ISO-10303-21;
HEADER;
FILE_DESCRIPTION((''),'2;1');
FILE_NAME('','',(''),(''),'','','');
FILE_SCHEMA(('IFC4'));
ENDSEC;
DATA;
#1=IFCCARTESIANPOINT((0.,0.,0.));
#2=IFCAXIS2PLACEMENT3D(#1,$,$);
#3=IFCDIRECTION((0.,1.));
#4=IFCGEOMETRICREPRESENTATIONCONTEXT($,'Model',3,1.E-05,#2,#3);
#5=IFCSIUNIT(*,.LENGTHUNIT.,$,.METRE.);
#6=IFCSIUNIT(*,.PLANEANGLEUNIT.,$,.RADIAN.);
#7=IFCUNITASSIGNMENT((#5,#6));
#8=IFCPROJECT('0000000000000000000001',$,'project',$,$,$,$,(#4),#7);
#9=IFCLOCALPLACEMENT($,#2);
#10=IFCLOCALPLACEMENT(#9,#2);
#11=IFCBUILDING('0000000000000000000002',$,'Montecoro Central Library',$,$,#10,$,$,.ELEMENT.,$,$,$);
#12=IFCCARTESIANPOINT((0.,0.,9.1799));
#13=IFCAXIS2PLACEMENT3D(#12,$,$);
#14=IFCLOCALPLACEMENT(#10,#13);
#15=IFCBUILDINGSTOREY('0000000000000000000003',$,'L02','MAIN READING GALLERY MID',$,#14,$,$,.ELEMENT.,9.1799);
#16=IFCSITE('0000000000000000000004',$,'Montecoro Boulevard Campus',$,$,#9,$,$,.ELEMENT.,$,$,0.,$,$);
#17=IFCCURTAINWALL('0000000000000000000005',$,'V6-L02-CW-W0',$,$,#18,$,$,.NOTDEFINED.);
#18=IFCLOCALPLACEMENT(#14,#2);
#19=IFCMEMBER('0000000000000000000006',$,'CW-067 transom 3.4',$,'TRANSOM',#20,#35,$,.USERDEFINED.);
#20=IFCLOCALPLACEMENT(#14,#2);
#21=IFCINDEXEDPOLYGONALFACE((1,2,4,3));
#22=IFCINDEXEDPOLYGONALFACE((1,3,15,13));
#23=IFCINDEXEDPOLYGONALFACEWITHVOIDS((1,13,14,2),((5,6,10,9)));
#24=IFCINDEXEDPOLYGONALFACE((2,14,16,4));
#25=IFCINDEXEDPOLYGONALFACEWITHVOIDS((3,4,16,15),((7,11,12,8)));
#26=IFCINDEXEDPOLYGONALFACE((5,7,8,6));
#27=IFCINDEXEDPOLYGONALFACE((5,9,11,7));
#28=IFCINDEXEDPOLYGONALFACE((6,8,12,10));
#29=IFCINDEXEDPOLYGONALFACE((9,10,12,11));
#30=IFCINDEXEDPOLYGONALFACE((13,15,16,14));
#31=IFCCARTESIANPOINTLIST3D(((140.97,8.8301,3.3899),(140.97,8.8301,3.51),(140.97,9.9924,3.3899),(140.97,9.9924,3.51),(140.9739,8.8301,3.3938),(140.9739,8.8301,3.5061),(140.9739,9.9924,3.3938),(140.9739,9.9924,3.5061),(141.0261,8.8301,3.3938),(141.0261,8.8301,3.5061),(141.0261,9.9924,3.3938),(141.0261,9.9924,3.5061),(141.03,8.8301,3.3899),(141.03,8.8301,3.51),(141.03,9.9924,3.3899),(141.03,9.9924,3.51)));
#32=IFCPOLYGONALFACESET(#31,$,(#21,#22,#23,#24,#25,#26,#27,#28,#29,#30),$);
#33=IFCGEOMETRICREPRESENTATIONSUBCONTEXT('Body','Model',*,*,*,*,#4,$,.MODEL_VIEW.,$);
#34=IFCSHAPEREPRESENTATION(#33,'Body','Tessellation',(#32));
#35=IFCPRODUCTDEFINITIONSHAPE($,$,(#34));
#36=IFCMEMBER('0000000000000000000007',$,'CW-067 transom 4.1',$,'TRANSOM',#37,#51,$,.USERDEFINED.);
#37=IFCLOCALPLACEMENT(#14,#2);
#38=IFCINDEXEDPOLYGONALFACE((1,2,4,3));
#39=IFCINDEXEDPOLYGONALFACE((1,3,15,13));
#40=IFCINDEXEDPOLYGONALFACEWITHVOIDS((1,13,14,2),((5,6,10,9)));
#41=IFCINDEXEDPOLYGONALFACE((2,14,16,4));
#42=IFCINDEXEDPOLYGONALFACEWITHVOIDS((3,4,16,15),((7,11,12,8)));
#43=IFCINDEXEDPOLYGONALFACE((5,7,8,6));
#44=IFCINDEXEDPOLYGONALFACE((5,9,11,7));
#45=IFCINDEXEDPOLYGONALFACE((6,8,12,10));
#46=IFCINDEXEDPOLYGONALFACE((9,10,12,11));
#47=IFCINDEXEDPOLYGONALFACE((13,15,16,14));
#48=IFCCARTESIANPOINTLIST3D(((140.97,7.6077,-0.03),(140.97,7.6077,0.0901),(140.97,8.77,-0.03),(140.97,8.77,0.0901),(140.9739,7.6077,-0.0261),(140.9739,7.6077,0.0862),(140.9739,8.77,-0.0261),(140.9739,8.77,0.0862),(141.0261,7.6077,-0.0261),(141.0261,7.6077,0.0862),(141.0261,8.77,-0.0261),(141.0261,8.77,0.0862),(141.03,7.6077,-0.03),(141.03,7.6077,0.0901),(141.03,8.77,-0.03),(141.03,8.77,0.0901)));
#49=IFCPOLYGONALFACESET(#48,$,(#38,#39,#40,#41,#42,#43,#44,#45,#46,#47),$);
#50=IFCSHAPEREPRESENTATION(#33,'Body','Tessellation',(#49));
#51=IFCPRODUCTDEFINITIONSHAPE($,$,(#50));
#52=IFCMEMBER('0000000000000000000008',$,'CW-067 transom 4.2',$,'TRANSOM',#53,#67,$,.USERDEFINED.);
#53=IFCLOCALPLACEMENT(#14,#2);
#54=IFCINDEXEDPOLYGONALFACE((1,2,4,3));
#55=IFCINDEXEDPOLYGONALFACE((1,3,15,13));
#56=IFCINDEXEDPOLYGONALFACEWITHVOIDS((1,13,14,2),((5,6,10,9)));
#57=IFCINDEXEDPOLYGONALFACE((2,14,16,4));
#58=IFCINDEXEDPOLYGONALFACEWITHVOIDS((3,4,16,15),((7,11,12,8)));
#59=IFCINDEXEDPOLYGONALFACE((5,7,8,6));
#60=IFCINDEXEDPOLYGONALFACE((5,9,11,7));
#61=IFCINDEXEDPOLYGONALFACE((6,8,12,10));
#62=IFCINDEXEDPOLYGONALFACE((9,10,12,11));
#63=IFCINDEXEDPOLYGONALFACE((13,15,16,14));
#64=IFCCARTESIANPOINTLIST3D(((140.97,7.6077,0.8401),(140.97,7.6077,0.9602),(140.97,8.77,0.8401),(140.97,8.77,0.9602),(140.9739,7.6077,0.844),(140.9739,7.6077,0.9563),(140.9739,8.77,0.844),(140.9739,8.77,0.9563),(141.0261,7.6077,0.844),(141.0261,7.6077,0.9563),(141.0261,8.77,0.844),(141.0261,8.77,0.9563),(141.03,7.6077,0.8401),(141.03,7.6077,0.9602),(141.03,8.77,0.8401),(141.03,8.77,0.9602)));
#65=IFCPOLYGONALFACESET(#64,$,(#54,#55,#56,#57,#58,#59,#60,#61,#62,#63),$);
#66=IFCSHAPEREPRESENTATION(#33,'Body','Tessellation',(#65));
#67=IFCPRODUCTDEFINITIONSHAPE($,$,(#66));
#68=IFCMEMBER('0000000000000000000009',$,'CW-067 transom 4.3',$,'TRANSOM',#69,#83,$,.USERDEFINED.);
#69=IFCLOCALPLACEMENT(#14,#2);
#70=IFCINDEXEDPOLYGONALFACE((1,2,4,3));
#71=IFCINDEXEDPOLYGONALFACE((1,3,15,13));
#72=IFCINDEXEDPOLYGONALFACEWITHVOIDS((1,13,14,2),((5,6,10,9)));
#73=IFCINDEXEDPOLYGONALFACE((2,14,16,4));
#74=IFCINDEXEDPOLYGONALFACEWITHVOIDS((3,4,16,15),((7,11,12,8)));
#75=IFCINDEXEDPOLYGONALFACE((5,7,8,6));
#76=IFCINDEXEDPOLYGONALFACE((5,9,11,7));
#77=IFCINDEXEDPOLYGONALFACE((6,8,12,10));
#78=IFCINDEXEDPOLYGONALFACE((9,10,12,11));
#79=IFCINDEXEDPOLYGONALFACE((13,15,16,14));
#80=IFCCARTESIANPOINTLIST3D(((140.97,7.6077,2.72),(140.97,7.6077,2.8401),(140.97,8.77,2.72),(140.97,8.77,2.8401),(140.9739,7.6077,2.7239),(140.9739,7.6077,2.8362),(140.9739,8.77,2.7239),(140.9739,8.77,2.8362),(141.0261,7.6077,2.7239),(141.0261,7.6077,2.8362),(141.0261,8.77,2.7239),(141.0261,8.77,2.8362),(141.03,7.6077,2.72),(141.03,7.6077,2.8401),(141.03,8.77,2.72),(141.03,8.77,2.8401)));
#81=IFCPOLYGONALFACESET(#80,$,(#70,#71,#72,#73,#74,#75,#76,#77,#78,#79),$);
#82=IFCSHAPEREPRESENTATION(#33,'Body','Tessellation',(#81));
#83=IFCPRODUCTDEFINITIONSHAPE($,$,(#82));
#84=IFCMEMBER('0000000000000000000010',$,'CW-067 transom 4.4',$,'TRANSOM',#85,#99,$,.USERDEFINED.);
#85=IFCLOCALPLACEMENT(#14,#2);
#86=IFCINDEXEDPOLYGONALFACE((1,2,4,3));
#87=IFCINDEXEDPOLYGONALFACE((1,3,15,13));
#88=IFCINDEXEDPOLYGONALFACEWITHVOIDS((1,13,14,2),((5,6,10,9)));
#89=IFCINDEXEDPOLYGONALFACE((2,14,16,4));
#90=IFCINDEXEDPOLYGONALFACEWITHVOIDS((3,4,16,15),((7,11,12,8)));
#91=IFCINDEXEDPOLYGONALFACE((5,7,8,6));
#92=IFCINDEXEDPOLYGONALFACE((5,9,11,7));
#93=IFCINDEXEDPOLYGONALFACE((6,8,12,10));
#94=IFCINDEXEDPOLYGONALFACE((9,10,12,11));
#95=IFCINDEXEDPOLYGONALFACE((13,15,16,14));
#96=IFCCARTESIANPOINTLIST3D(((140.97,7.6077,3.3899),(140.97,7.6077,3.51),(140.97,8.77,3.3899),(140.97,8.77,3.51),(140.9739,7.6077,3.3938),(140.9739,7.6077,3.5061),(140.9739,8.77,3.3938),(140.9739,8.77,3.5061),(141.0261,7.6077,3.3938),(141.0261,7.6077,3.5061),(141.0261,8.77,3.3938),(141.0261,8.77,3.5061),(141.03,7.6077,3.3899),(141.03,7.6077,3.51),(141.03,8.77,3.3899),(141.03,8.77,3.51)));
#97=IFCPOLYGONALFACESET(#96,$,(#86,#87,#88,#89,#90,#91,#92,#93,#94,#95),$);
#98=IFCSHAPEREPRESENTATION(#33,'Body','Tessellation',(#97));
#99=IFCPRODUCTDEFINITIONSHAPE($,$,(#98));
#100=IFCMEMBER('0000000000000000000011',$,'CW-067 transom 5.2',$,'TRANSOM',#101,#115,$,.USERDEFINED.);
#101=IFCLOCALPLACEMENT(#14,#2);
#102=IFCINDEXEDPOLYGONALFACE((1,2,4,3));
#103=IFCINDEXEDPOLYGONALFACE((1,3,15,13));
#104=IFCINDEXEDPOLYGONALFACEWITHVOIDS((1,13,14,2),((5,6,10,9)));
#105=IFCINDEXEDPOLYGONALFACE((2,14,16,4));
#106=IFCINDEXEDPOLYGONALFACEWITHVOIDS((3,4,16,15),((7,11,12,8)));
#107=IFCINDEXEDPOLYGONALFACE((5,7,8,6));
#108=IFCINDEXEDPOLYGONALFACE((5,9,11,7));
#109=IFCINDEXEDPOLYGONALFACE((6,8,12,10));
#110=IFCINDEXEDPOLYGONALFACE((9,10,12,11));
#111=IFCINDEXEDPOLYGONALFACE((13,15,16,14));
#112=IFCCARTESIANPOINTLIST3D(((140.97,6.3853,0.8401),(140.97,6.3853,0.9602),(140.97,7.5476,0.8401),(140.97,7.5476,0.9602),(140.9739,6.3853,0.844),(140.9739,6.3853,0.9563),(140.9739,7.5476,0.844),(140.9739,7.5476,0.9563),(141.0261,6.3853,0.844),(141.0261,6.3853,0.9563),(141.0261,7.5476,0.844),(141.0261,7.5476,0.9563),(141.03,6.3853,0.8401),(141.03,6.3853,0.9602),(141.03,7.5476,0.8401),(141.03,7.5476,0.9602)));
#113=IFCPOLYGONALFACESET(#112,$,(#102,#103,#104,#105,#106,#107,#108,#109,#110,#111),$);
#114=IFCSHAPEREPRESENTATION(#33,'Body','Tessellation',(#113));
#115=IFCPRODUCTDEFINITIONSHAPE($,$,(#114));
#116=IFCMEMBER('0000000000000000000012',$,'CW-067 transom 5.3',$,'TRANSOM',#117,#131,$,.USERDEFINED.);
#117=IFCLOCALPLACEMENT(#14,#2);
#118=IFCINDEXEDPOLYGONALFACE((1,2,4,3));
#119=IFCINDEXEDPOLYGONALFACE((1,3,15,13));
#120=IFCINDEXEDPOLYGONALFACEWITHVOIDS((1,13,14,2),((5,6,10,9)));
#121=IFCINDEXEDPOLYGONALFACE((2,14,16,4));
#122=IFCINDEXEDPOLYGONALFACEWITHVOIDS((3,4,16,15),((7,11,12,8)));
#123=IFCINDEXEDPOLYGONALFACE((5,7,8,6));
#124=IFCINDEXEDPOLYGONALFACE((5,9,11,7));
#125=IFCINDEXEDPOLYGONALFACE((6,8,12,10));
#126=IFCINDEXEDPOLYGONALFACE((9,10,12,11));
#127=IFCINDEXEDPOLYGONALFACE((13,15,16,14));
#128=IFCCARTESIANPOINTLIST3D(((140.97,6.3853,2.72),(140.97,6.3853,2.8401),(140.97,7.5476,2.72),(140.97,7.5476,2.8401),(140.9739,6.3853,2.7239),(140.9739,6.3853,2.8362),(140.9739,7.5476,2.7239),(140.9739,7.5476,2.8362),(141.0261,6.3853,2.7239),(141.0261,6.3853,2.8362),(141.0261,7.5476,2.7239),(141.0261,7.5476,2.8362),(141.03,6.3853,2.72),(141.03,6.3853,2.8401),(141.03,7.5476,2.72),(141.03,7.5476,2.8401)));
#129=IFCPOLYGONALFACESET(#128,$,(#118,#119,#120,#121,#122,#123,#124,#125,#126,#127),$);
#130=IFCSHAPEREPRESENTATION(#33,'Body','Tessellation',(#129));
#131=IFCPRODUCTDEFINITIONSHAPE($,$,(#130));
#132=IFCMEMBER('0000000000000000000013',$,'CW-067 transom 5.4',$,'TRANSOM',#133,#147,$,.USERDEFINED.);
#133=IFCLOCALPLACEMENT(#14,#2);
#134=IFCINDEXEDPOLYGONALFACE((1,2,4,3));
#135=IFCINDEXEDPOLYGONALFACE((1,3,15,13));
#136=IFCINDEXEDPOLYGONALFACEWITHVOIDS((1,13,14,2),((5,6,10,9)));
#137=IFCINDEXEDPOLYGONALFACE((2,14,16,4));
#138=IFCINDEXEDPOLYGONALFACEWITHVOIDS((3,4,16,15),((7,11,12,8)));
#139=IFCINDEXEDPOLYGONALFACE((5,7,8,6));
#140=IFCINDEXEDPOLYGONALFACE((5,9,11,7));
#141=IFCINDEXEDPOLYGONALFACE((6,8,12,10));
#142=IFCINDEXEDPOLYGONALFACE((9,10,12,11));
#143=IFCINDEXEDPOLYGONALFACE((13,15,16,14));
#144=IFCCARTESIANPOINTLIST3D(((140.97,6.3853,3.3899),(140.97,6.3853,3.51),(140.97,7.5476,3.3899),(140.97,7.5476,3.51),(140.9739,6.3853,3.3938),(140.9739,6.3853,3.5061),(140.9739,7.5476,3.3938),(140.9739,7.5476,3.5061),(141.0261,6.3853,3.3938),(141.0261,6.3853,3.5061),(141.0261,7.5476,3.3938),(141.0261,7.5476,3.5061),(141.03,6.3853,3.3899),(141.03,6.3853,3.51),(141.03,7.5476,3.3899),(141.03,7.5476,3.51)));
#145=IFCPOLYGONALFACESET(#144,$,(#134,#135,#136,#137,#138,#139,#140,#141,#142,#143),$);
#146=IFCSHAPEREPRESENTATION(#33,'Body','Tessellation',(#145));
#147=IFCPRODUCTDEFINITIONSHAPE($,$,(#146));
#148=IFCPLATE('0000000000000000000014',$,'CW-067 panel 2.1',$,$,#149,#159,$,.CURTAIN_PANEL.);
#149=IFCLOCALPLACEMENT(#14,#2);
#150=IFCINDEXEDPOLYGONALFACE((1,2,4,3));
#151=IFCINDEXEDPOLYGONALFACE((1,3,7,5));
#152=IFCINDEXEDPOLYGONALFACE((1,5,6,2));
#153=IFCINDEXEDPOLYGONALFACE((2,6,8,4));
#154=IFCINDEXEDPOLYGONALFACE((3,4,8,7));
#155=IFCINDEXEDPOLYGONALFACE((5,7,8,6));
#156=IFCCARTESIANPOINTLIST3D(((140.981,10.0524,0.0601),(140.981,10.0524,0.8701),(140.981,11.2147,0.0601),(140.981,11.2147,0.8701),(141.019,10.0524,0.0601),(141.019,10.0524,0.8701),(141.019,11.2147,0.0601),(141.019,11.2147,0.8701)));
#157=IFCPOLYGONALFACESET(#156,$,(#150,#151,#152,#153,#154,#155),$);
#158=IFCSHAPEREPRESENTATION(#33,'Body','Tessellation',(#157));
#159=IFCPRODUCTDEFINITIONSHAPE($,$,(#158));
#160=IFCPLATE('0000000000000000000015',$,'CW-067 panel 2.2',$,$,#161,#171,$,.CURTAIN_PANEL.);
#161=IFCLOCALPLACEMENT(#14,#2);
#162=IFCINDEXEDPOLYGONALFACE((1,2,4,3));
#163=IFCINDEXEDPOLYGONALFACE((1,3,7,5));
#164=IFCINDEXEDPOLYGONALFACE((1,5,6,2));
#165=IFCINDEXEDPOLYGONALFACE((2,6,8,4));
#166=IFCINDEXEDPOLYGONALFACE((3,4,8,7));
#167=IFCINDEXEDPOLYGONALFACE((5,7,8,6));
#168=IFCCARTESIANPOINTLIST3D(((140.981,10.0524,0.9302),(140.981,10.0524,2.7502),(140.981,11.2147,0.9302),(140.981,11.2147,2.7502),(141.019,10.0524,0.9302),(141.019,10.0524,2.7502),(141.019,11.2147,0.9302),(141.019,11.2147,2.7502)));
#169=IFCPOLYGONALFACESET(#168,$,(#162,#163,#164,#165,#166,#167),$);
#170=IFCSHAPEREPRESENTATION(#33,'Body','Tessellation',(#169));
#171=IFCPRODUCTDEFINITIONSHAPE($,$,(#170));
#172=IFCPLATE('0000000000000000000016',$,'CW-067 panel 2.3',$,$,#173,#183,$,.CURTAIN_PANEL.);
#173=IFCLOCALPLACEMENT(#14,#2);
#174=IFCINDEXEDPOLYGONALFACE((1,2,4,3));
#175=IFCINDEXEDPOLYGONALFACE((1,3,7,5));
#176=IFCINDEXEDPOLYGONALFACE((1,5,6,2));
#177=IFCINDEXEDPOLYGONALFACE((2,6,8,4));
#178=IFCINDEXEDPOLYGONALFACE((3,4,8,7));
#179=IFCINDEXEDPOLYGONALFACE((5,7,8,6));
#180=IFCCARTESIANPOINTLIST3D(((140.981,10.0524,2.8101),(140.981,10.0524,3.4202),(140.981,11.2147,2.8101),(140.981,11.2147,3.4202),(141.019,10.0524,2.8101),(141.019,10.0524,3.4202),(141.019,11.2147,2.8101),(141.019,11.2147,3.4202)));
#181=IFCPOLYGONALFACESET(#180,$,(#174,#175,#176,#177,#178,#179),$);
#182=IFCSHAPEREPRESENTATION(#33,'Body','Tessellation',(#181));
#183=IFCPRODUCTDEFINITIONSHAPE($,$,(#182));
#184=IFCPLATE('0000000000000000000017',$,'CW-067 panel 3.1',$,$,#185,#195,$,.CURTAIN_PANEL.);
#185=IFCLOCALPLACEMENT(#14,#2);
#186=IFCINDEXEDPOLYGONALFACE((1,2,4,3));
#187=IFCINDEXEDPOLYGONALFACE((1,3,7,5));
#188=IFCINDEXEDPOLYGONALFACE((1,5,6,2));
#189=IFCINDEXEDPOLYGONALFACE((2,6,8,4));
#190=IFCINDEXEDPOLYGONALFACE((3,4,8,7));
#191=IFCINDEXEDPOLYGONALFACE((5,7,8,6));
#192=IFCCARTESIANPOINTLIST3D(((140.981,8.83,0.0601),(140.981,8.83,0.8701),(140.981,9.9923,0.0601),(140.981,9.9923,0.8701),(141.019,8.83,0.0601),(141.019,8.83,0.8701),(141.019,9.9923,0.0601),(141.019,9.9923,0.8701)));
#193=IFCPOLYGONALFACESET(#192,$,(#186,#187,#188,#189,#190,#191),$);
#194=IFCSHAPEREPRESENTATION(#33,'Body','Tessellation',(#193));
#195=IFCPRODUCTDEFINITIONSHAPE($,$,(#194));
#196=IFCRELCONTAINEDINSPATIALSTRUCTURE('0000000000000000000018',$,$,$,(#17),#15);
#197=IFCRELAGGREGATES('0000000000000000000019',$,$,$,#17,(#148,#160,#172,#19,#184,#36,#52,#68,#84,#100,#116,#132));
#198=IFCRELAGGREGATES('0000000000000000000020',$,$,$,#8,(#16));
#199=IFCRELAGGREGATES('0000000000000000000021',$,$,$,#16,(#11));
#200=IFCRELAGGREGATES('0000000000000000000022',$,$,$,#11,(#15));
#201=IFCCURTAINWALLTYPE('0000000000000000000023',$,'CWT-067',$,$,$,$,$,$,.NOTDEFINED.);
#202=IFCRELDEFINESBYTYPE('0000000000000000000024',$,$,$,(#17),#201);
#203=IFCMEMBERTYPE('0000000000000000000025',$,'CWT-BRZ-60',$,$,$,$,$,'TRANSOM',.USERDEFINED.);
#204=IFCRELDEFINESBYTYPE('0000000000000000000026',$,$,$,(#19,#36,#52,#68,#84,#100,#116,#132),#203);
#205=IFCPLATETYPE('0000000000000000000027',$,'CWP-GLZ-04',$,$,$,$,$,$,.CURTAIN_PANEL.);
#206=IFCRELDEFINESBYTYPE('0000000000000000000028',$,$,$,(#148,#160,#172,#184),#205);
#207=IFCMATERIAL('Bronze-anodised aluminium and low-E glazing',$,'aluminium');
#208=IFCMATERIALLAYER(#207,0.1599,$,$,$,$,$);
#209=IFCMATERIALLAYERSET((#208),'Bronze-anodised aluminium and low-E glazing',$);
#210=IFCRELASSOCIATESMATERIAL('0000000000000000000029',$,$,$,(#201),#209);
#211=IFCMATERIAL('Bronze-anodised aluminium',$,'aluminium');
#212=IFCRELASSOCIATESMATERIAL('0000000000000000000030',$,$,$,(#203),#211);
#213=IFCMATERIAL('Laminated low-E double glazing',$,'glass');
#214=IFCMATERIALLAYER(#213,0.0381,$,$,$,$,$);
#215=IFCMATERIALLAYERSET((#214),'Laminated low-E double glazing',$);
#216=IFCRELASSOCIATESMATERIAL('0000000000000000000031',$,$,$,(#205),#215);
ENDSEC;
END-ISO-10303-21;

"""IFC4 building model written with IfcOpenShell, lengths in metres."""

from ifc_helpers import new_model, si_unit, direction, frame, origin, origin_2d, place, context, subcontext, project, spatial, rectangle, hollow_rectangle, extrude, material, layer, layer_set, material_profile, profile_set, type_object, element, aggregate, save


model = new_model("IFC4")

# Units and contexts
model_context = context("Model", 3, precision=1e-05, world=origin(), true_north=direction((0.0, 1.0)))
body_context = subcontext(model_context, "Body", "Model", "MODEL_VIEW")
ifc_project = project(units=[si_unit("LENGTHUNIT", "METRE"), si_unit("PLANEANGLEUNIT", "RADIAN")], contexts=[model_context])

# Site, building, storey
site_placement = place(None, origin())
site = spatial("IfcSite", under=ifc_project, at=site_placement, Name="Montecoro Boulevard Campus", CompositionType="ELEMENT", RefElevation=0.0)
building_placement = place(site_placement, origin())
building = spatial("IfcBuilding", under=site, at=building_placement, Name="Montecoro Central Library", CompositionType="ELEMENT")
storey_placement = place(building_placement, frame((0.0, 0.0, 9.1799)))
storey = spatial("IfcBuildingStorey", under=building, at=storey_placement, Name="L02", Description="MAIN READING GALLERY MID", CompositionType="ELEMENT", Elevation=9.1799)

# Curtain wall, members, plates
ifc_material_1 = material(Name="Bronze-anodised aluminium and low-E glazing", Category="aluminium")
ifc_layer_1 = layer(ifc_material_1, 0.1599)
ifc_layer_set_1 = layer_set([ifc_layer_1], Name="Bronze-anodised aluminium and low-E glazing")
curtain_wall_type = type_object("IfcCurtainWallType", Name="CWT-067", PredefinedType="NOTDEFINED", material=ifc_layer_set_1)
curtain_wall_placement = place(storey_placement, origin())
curtain_wall = element("IfcCurtainWall", 1, at=curtain_wall_placement, inside=storey, type_object=curtain_wall_type, Name="V6-L02-CW-W0", PredefinedType="NOTDEFINED")
ifc_material_2 = material(Name="Bronze-anodised aluminium", Category="aluminium")
ifc_material_profile_1 = material_profile(ifc_material_2, hollow_rectangle(XDim=0.0601, YDim=0.1201, WallThickness=0.0039, at=origin_2d()), Name="CWT 120x60x4.0")
ifc_profile_set_1 = profile_set([ifc_material_profile_1], Name="Bronze-anodised aluminium")
member_type_1 = type_object("IfcMemberType", Name="CWT-BRZ-60", ElementType="TRANSOM", PredefinedType="USERDEFINED", material=ifc_profile_set_1)
member_1_placement = place(storey_placement, frame((141.0, 9.9924, 3.45), z_axis=(0.0, -1.0, 0.0), x_axis=(1.0, 0.0, 0.0)))
member_1 = element("IfcMember", 2, at=member_1_placement, type_object=member_type_1, Name="CW-067 transom 3.4", ObjectType="TRANSOM", PredefinedType="USERDEFINED", context=body_context, shape_type="SweptSolid", body=[
    extrude(hollow_rectangle(XDim=0.0601, YDim=0.1201, WallThickness=0.0039, at=origin_2d()), origin(), (0.0, 0.0, 1.0), 1.1624),
])
member_2_placement = place(storey_placement, frame((141.0, 8.77, 0.03), z_axis=(0.0, -1.0, 0.0), x_axis=(1.0, 0.0, 0.0)))
member_2 = element("IfcMember", 3, at=member_2_placement, type_object=member_type_1, Name="CW-067 transom 4.1", ObjectType="TRANSOM", PredefinedType="USERDEFINED", context=body_context, shape_type="SweptSolid", body=[
    extrude(hollow_rectangle(XDim=0.0601, YDim=0.1201, WallThickness=0.0039, at=origin_2d()), origin(), (0.0, 0.0, 1.0), 1.1624),
])
member_3_placement = place(storey_placement, frame((141.0, 8.77, 0.9001), z_axis=(0.0, -1.0, 0.0), x_axis=(1.0, 0.0, 0.0)))
member_3 = element("IfcMember", 4, at=member_3_placement, type_object=member_type_1, Name="CW-067 transom 4.2", ObjectType="TRANSOM", PredefinedType="USERDEFINED", context=body_context, shape_type="SweptSolid", body=[
    extrude(hollow_rectangle(XDim=0.0601, YDim=0.1201, WallThickness=0.0039, at=origin_2d()), origin(), (0.0, 0.0, 1.0), 1.1624),
])
member_4_placement = place(storey_placement, frame((141.0, 8.77, 2.78), z_axis=(0.0, -1.0, 0.0), x_axis=(1.0, 0.0, 0.0)))
member_4 = element("IfcMember", 5, at=member_4_placement, type_object=member_type_1, Name="CW-067 transom 4.3", ObjectType="TRANSOM", PredefinedType="USERDEFINED", context=body_context, shape_type="SweptSolid", body=[
    extrude(hollow_rectangle(XDim=0.0601, YDim=0.1201, WallThickness=0.0039, at=origin_2d()), origin(), (0.0, 0.0, 1.0), 1.1624),
])
member_5_placement = place(storey_placement, frame((141.0, 8.77, 3.45), z_axis=(0.0, -1.0, 0.0), x_axis=(1.0, 0.0, 0.0)))
member_5 = element("IfcMember", 6, at=member_5_placement, type_object=member_type_1, Name="CW-067 transom 4.4", ObjectType="TRANSOM", PredefinedType="USERDEFINED", context=body_context, shape_type="SweptSolid", body=[
    extrude(hollow_rectangle(XDim=0.0601, YDim=0.1201, WallThickness=0.0039, at=origin_2d()), origin(), (0.0, 0.0, 1.0), 1.1624),
])
member_6_placement = place(storey_placement, frame((141.0, 7.5476, 0.9001), z_axis=(0.0, -1.0, 0.0), x_axis=(1.0, 0.0, 0.0)))
member_6 = element("IfcMember", 7, at=member_6_placement, type_object=member_type_1, Name="CW-067 transom 5.2", ObjectType="TRANSOM", PredefinedType="USERDEFINED", context=body_context, shape_type="SweptSolid", body=[
    extrude(hollow_rectangle(XDim=0.0601, YDim=0.1201, WallThickness=0.0039, at=origin_2d()), origin(), (0.0, 0.0, 1.0), 1.1624),
])
member_7_placement = place(storey_placement, frame((141.0, 7.5476, 2.78), z_axis=(0.0, -1.0, 0.0), x_axis=(1.0, 0.0, 0.0)))
member_7 = element("IfcMember", 8, at=member_7_placement, type_object=member_type_1, Name="CW-067 transom 5.3", ObjectType="TRANSOM", PredefinedType="USERDEFINED", context=body_context, shape_type="SweptSolid", body=[
    extrude(hollow_rectangle(XDim=0.0601, YDim=0.1201, WallThickness=0.0039, at=origin_2d()), origin(), (0.0, 0.0, 1.0), 1.1624),
])
member_8_placement = place(storey_placement, frame((141.0, 7.5476, 3.45), z_axis=(0.0, -1.0, 0.0), x_axis=(1.0, 0.0, 0.0)))
member_8 = element("IfcMember", 9, at=member_8_placement, type_object=member_type_1, Name="CW-067 transom 5.4", ObjectType="TRANSOM", PredefinedType="USERDEFINED", context=body_context, shape_type="SweptSolid", body=[
    extrude(hollow_rectangle(XDim=0.0601, YDim=0.1201, WallThickness=0.0039, at=origin_2d()), origin(), (0.0, 0.0, 1.0), 1.1624),
])
ifc_material_3 = material(Name="Laminated low-E double glazing", Category="glass")
ifc_layer_2 = layer(ifc_material_3, 0.0381)
ifc_layer_set_2 = layer_set([ifc_layer_2], Name="Laminated low-E double glazing")
plate_type = type_object("IfcPlateType", Name="CWP-GLZ-04", PredefinedType="CURTAIN_PANEL", material=ifc_layer_set_2)
plate_1_placement = place(storey_placement, frame((141.0, 10.6335, 0.0601), z_axis=(0.0, 0.0, 1.0), x_axis=(0.0, -1.0, 0.0)))
plate_1 = element("IfcPlate", 10, at=plate_1_placement, type_object=plate_type, Name="CW-067 panel 2.1", PredefinedType="CURTAIN_PANEL", context=body_context, shape_type="SweptSolid", body=[
    extrude(rectangle(XDim=1.1624, YDim=0.0381, at=origin_2d()), origin(), (0.0, 0.0, 1.0), 0.8101),
])
plate_2_placement = place(storey_placement, frame((141.0, 10.6335, 0.9302), z_axis=(0.0, 0.0, 1.0), x_axis=(0.0, -1.0, 0.0)))
plate_2 = element("IfcPlate", 11, at=plate_2_placement, type_object=plate_type, Name="CW-067 panel 2.2", PredefinedType="CURTAIN_PANEL", context=body_context, shape_type="SweptSolid", body=[
    extrude(rectangle(XDim=1.1624, YDim=0.0381, at=origin_2d()), origin(), (0.0, 0.0, 1.0), 1.8201),
])
plate_3_placement = place(storey_placement, frame((141.0, 10.6335, 2.8101), z_axis=(0.0, 0.0, 1.0), x_axis=(0.0, -1.0, 0.0)))
plate_3 = element("IfcPlate", 12, at=plate_3_placement, type_object=plate_type, Name="CW-067 panel 2.3", PredefinedType="CURTAIN_PANEL", context=body_context, shape_type="SweptSolid", body=[
    extrude(rectangle(XDim=1.1624, YDim=0.0381, at=origin_2d()), origin(), (0.0, 0.0, 1.0), 0.6101),
])
plate_4_placement = place(storey_placement, frame((141.0, 9.4111, 0.0601), z_axis=(0.0, 0.0, 1.0), x_axis=(0.0, -1.0, 0.0)))
plate_4 = element("IfcPlate", 13, at=plate_4_placement, type_object=plate_type, Name="CW-067 panel 3.1", PredefinedType="CURTAIN_PANEL", context=body_context, shape_type="SweptSolid", body=[
    extrude(rectangle(XDim=1.1624, YDim=0.0381, at=origin_2d()), origin(), (0.0, 0.0, 1.0), 0.8101),
])
aggregate(curtain_wall, [plate_1, plate_2, plate_3, member_1, plate_4, member_2, member_3, member_4, member_5, member_6, member_7, member_8])

save(model, "model.ifc")
